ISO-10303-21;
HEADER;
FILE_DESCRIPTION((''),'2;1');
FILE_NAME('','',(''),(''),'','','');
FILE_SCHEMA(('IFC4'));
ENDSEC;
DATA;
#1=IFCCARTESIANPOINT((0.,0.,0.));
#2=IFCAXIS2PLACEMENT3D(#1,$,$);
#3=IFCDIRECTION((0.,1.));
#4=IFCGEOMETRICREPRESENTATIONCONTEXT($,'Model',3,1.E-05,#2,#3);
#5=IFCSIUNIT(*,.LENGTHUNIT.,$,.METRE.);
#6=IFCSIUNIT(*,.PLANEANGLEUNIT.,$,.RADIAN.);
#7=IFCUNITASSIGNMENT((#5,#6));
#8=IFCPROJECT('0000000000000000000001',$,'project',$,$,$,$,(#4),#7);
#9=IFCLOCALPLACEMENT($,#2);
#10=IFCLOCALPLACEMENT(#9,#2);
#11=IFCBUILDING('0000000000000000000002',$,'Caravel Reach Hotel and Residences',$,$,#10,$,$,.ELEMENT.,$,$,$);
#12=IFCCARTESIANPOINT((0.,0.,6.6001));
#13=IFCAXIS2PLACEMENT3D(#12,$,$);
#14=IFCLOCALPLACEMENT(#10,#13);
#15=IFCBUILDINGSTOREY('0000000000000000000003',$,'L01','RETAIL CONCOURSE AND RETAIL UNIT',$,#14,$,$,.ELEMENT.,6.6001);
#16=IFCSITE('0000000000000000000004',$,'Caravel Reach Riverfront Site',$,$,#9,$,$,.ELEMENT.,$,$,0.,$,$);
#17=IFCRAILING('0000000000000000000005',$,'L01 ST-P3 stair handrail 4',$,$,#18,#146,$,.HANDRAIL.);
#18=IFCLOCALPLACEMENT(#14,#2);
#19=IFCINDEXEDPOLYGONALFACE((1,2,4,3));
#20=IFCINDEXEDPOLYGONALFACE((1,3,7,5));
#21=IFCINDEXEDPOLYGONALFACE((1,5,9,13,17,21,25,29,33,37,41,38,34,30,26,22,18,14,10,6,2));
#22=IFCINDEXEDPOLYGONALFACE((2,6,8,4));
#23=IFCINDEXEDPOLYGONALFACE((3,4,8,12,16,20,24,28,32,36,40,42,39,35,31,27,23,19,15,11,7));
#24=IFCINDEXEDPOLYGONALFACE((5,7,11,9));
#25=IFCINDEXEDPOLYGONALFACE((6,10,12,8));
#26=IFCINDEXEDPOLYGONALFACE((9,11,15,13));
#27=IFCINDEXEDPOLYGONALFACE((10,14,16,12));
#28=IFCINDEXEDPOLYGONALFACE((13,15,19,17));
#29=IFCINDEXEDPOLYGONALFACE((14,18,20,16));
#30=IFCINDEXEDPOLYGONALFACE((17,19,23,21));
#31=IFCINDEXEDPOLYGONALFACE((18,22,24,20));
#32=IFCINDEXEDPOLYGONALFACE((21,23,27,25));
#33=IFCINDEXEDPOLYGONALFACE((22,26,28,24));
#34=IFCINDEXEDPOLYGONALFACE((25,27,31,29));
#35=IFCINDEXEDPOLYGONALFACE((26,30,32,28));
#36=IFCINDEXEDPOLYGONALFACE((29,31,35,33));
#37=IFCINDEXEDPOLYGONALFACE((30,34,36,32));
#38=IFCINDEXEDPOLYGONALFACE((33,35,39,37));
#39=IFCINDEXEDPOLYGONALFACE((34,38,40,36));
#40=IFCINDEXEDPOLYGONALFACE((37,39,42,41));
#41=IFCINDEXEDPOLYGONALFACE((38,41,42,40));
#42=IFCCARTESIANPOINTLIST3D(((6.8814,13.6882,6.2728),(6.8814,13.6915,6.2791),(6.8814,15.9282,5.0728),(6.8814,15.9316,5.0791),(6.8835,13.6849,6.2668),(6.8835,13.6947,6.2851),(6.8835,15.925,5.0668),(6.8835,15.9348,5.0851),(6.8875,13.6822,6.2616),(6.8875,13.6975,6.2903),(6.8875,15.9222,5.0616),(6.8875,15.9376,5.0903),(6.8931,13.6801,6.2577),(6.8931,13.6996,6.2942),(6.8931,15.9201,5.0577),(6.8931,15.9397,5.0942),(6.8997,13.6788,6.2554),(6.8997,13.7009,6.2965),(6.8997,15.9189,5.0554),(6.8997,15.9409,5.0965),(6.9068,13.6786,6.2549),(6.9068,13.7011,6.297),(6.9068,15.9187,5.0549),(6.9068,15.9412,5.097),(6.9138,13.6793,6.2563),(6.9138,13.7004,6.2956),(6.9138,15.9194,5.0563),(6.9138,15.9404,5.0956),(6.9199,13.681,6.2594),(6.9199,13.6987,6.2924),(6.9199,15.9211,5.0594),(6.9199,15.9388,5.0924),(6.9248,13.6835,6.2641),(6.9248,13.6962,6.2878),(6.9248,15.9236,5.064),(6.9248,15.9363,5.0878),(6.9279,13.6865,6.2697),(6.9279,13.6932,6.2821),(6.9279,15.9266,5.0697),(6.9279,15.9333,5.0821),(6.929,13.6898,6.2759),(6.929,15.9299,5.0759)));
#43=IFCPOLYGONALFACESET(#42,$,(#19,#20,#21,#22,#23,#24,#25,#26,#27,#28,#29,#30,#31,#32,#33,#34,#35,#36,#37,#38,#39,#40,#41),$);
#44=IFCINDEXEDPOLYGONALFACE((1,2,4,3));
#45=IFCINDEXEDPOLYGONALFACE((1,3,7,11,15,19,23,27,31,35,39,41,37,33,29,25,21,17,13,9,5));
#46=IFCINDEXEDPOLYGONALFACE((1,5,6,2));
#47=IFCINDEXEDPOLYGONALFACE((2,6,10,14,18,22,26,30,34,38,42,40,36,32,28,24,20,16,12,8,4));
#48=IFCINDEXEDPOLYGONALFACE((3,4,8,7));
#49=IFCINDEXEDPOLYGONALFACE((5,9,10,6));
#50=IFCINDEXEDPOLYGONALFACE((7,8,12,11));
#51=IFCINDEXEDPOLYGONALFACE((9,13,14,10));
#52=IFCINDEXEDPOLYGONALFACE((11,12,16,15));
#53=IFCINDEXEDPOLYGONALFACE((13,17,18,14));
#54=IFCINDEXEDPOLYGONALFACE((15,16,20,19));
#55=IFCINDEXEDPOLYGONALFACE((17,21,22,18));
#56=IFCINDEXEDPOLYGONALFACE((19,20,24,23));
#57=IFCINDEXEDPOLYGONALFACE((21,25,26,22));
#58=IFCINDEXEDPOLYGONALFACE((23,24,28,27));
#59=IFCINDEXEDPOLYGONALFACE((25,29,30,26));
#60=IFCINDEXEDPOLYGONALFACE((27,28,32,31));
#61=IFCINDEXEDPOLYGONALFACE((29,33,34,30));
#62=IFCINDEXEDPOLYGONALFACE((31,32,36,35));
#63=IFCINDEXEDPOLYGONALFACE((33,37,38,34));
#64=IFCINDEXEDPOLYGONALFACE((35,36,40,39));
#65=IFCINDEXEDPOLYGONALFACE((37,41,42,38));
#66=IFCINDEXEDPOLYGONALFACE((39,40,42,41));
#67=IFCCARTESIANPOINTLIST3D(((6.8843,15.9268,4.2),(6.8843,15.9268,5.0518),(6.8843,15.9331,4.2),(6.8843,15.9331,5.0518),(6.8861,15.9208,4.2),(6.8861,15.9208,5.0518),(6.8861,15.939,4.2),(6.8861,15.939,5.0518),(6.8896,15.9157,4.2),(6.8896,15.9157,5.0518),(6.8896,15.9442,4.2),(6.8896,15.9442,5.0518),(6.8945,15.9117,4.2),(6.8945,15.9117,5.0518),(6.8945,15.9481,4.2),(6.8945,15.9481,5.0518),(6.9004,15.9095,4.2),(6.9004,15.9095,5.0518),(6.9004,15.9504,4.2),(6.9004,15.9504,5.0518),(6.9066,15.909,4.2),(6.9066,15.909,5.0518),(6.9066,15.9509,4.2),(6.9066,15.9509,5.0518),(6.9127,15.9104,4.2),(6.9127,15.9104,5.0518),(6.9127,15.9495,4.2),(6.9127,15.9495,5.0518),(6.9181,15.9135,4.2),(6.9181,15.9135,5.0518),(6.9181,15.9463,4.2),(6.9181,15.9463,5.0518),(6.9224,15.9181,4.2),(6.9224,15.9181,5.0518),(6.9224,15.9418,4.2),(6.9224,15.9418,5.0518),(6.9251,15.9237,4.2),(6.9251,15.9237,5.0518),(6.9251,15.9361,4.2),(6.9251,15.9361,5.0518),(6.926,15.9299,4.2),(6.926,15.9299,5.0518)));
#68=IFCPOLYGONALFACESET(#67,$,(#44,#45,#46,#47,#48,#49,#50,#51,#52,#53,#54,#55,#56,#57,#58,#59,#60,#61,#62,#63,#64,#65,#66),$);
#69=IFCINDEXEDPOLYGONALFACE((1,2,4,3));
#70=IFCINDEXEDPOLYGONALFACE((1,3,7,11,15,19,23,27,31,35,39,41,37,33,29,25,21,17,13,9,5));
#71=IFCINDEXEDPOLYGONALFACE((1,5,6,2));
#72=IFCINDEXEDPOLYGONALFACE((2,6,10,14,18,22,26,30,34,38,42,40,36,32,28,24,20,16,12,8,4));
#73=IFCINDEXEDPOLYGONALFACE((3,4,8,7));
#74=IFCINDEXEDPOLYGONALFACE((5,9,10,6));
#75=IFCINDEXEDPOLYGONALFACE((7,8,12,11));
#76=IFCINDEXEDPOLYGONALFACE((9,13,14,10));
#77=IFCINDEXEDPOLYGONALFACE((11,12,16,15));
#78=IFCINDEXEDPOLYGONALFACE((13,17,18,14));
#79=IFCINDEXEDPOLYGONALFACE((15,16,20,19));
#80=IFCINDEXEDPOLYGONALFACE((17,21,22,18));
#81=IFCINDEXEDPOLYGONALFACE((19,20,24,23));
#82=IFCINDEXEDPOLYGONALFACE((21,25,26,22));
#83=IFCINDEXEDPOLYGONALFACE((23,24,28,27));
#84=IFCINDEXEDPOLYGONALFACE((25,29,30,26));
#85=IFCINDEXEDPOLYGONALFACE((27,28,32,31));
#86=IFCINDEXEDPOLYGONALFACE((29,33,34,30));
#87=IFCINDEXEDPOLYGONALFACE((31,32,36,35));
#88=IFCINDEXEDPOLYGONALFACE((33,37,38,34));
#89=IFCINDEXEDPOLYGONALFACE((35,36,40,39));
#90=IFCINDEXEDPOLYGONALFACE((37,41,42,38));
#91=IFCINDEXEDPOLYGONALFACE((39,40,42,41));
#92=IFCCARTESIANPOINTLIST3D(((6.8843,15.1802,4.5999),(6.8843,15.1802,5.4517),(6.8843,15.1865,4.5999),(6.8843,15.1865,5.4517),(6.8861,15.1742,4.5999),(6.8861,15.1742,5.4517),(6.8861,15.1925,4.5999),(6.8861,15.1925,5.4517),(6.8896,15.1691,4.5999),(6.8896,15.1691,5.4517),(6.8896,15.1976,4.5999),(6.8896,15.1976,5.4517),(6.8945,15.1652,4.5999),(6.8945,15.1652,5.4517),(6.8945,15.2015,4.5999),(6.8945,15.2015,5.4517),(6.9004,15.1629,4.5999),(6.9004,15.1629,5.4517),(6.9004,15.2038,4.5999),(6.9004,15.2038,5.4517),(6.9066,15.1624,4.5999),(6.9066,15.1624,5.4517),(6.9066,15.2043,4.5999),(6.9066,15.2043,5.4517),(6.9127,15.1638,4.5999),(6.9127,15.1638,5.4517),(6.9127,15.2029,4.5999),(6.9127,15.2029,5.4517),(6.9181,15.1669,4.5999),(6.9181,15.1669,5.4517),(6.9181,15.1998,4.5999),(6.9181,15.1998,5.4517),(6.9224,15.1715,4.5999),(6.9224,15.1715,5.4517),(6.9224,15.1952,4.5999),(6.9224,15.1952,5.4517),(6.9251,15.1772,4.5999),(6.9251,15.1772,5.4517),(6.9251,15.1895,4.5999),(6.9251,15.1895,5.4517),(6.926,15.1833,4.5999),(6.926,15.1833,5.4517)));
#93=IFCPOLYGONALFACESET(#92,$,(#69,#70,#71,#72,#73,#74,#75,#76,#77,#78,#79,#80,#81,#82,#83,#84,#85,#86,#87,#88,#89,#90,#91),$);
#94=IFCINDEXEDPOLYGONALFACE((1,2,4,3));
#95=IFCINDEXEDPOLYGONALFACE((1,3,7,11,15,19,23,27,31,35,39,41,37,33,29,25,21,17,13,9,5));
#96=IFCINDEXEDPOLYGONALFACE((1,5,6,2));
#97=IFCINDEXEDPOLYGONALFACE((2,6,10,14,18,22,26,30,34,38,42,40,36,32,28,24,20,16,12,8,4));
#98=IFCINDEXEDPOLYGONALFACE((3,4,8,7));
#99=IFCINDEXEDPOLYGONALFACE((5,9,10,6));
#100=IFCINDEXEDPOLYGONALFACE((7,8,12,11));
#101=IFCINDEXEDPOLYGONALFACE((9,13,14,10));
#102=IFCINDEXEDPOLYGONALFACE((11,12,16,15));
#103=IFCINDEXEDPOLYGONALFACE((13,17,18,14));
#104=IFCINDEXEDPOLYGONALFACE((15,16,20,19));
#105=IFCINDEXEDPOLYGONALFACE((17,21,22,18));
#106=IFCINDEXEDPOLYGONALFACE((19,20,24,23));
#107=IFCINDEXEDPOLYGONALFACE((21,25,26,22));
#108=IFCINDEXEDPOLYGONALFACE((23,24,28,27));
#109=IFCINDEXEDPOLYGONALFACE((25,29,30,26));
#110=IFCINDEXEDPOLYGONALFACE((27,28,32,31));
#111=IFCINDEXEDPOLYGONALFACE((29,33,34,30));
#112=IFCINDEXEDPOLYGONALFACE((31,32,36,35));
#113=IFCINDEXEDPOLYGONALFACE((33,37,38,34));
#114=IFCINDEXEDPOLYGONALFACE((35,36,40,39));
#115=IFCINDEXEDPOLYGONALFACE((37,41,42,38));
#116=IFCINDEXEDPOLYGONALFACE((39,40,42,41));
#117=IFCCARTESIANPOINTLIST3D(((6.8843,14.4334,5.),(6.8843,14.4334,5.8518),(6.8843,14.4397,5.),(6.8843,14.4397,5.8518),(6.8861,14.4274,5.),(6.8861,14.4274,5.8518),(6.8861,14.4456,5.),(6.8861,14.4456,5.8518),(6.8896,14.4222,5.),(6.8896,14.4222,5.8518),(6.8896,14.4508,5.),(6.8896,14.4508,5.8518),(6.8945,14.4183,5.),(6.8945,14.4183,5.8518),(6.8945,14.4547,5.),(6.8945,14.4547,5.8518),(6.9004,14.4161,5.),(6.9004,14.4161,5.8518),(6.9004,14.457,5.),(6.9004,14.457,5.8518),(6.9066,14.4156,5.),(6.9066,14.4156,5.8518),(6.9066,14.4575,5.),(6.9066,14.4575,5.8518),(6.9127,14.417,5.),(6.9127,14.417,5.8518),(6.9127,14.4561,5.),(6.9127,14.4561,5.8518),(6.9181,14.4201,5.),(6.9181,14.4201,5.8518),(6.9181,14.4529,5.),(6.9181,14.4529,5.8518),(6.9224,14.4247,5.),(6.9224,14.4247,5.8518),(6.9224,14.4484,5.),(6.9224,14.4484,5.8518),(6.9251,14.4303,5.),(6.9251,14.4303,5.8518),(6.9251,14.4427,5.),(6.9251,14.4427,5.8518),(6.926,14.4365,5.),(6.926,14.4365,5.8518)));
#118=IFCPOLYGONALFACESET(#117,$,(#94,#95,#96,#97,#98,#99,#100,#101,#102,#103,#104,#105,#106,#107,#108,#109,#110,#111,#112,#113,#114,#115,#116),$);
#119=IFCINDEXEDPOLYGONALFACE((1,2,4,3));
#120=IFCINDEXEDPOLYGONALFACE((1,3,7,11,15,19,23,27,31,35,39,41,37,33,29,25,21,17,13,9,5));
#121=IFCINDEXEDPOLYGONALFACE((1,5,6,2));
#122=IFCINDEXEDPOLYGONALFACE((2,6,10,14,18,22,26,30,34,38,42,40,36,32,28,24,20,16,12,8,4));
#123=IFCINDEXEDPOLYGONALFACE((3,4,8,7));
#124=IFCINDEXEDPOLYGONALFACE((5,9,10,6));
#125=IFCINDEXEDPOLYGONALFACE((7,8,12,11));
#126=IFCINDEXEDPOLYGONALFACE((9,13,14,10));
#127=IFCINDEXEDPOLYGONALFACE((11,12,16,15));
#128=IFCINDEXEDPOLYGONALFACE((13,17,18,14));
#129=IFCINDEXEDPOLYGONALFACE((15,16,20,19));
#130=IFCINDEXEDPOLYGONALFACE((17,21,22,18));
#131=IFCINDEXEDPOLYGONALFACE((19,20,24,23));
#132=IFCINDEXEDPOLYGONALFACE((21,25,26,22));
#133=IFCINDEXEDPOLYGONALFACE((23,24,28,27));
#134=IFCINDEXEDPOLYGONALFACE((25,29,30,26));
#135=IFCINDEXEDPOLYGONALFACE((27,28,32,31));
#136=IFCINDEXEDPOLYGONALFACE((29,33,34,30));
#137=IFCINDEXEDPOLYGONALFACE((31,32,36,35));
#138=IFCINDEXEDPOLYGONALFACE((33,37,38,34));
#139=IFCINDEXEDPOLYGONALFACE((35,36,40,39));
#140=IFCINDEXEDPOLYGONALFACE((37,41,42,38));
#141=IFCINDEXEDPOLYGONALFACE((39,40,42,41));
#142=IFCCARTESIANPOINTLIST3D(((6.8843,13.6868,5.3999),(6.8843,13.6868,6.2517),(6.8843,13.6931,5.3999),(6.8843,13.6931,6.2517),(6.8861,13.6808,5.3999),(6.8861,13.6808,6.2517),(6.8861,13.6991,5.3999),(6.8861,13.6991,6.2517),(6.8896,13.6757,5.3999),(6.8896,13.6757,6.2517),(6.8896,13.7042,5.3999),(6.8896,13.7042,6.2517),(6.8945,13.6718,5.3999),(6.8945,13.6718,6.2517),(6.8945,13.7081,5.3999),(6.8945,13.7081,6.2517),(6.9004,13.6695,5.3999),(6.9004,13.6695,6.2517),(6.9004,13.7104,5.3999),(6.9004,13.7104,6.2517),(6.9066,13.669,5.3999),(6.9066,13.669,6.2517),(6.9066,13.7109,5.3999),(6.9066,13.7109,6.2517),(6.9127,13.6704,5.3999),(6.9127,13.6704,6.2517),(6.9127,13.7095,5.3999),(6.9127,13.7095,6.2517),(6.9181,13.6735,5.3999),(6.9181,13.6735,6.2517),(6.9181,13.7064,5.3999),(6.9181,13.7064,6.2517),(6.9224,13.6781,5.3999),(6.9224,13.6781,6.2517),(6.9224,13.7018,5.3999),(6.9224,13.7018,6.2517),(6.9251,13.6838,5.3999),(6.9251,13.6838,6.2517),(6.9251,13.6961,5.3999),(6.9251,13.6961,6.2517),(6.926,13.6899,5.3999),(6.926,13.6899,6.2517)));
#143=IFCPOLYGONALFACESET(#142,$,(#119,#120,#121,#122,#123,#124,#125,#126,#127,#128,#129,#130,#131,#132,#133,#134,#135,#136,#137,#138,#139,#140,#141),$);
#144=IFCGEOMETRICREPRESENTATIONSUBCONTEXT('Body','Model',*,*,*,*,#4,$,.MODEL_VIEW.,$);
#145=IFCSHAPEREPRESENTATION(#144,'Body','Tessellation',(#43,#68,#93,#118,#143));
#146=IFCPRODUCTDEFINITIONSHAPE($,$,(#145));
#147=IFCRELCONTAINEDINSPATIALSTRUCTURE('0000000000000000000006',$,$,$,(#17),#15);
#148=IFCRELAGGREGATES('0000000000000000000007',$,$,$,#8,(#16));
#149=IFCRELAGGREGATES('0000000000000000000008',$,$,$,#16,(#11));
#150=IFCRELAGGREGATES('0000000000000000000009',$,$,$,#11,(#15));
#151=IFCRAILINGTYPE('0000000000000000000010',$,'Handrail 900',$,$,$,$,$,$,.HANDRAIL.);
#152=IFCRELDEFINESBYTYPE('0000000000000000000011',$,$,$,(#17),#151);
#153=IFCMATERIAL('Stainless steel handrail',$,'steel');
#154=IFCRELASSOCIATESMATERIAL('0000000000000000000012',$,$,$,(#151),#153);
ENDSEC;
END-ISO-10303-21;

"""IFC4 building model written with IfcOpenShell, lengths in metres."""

from ifc_helpers import new_model, si_unit, direction, frame, origin, origin_2d, place, context, subcontext, project, spatial, circle, extrude, material, type_object, element, save


model = new_model("IFC4")

# Units and contexts
model_context = context("Model", 3, precision=1e-05, world=origin(), true_north=direction((0.0, 1.0)))
body_context = subcontext(model_context, "Body", "Model", "MODEL_VIEW")
ifc_project = project(units=[si_unit("LENGTHUNIT", "METRE"), si_unit("PLANEANGLEUNIT", "RADIAN")], contexts=[model_context])

# Site, building, storey
site_placement = place(None, origin())
site = spatial("IfcSite", under=ifc_project, at=site_placement, Name="Caravel Reach Riverfront Site", CompositionType="ELEMENT", RefElevation=0.0)
building_placement = place(site_placement, origin())
building = spatial("IfcBuilding", under=site, at=building_placement, Name="Caravel Reach Hotel and Residences", CompositionType="ELEMENT")
storey_placement = place(building_placement, frame((0.0, 0.0, 6.6001)))
storey = spatial("IfcBuildingStorey", under=building, at=storey_placement, Name="L01", Description="RETAIL CONCOURSE AND RETAIL UNIT", CompositionType="ELEMENT", Elevation=6.6001)

# Railing
ifc_material_1 = material(Name="Stainless steel handrail", Category="steel")
railing_type = type_object("IfcRailingType", Name="Handrail 900", PredefinedType="HANDRAIL", material=ifc_material_1)
for number, where, name in (
    (1, (6.905, 15.9299, 4.2), "L01 ST-P3 stair handrail 4"),
):
    element("IfcRailing", number, at=place(storey_placement, frame(where)), inside=storey, type_object=railing_type, Name=name, PredefinedType="HANDRAIL", context=body_context, shape_type="SweptSolid", body=[
        extrude(circle(Radius=0.0239, at=origin_2d()), frame((0.0, 0.0, 0.876), z_axis=(0.0, -0.881487, 0.472208), x_axis=(1.0, 0.0, 0.0)), (0.0, 0.0, 1.0), 2.5413),
        extrude(circle(Radius=0.021, at=origin_2d()), origin(), (0.0, 0.0, 1.0), 0.8518),
        extrude(circle(Radius=0.021, at=origin_2d()), frame((0.0, -0.7466, 0.3999)), (0.0, 0.0, 1.0), 0.8518),
        extrude(circle(Radius=0.021, at=origin_2d()), frame((0.0, -1.4934, 0.8)), (0.0, 0.0, 1.0), 0.8518),
        extrude(circle(Radius=0.021, at=origin_2d()), frame((0.0, -2.24, 1.2)), (0.0, 0.0, 1.0), 0.8518),
    ])

save(model, "model.ifc")
